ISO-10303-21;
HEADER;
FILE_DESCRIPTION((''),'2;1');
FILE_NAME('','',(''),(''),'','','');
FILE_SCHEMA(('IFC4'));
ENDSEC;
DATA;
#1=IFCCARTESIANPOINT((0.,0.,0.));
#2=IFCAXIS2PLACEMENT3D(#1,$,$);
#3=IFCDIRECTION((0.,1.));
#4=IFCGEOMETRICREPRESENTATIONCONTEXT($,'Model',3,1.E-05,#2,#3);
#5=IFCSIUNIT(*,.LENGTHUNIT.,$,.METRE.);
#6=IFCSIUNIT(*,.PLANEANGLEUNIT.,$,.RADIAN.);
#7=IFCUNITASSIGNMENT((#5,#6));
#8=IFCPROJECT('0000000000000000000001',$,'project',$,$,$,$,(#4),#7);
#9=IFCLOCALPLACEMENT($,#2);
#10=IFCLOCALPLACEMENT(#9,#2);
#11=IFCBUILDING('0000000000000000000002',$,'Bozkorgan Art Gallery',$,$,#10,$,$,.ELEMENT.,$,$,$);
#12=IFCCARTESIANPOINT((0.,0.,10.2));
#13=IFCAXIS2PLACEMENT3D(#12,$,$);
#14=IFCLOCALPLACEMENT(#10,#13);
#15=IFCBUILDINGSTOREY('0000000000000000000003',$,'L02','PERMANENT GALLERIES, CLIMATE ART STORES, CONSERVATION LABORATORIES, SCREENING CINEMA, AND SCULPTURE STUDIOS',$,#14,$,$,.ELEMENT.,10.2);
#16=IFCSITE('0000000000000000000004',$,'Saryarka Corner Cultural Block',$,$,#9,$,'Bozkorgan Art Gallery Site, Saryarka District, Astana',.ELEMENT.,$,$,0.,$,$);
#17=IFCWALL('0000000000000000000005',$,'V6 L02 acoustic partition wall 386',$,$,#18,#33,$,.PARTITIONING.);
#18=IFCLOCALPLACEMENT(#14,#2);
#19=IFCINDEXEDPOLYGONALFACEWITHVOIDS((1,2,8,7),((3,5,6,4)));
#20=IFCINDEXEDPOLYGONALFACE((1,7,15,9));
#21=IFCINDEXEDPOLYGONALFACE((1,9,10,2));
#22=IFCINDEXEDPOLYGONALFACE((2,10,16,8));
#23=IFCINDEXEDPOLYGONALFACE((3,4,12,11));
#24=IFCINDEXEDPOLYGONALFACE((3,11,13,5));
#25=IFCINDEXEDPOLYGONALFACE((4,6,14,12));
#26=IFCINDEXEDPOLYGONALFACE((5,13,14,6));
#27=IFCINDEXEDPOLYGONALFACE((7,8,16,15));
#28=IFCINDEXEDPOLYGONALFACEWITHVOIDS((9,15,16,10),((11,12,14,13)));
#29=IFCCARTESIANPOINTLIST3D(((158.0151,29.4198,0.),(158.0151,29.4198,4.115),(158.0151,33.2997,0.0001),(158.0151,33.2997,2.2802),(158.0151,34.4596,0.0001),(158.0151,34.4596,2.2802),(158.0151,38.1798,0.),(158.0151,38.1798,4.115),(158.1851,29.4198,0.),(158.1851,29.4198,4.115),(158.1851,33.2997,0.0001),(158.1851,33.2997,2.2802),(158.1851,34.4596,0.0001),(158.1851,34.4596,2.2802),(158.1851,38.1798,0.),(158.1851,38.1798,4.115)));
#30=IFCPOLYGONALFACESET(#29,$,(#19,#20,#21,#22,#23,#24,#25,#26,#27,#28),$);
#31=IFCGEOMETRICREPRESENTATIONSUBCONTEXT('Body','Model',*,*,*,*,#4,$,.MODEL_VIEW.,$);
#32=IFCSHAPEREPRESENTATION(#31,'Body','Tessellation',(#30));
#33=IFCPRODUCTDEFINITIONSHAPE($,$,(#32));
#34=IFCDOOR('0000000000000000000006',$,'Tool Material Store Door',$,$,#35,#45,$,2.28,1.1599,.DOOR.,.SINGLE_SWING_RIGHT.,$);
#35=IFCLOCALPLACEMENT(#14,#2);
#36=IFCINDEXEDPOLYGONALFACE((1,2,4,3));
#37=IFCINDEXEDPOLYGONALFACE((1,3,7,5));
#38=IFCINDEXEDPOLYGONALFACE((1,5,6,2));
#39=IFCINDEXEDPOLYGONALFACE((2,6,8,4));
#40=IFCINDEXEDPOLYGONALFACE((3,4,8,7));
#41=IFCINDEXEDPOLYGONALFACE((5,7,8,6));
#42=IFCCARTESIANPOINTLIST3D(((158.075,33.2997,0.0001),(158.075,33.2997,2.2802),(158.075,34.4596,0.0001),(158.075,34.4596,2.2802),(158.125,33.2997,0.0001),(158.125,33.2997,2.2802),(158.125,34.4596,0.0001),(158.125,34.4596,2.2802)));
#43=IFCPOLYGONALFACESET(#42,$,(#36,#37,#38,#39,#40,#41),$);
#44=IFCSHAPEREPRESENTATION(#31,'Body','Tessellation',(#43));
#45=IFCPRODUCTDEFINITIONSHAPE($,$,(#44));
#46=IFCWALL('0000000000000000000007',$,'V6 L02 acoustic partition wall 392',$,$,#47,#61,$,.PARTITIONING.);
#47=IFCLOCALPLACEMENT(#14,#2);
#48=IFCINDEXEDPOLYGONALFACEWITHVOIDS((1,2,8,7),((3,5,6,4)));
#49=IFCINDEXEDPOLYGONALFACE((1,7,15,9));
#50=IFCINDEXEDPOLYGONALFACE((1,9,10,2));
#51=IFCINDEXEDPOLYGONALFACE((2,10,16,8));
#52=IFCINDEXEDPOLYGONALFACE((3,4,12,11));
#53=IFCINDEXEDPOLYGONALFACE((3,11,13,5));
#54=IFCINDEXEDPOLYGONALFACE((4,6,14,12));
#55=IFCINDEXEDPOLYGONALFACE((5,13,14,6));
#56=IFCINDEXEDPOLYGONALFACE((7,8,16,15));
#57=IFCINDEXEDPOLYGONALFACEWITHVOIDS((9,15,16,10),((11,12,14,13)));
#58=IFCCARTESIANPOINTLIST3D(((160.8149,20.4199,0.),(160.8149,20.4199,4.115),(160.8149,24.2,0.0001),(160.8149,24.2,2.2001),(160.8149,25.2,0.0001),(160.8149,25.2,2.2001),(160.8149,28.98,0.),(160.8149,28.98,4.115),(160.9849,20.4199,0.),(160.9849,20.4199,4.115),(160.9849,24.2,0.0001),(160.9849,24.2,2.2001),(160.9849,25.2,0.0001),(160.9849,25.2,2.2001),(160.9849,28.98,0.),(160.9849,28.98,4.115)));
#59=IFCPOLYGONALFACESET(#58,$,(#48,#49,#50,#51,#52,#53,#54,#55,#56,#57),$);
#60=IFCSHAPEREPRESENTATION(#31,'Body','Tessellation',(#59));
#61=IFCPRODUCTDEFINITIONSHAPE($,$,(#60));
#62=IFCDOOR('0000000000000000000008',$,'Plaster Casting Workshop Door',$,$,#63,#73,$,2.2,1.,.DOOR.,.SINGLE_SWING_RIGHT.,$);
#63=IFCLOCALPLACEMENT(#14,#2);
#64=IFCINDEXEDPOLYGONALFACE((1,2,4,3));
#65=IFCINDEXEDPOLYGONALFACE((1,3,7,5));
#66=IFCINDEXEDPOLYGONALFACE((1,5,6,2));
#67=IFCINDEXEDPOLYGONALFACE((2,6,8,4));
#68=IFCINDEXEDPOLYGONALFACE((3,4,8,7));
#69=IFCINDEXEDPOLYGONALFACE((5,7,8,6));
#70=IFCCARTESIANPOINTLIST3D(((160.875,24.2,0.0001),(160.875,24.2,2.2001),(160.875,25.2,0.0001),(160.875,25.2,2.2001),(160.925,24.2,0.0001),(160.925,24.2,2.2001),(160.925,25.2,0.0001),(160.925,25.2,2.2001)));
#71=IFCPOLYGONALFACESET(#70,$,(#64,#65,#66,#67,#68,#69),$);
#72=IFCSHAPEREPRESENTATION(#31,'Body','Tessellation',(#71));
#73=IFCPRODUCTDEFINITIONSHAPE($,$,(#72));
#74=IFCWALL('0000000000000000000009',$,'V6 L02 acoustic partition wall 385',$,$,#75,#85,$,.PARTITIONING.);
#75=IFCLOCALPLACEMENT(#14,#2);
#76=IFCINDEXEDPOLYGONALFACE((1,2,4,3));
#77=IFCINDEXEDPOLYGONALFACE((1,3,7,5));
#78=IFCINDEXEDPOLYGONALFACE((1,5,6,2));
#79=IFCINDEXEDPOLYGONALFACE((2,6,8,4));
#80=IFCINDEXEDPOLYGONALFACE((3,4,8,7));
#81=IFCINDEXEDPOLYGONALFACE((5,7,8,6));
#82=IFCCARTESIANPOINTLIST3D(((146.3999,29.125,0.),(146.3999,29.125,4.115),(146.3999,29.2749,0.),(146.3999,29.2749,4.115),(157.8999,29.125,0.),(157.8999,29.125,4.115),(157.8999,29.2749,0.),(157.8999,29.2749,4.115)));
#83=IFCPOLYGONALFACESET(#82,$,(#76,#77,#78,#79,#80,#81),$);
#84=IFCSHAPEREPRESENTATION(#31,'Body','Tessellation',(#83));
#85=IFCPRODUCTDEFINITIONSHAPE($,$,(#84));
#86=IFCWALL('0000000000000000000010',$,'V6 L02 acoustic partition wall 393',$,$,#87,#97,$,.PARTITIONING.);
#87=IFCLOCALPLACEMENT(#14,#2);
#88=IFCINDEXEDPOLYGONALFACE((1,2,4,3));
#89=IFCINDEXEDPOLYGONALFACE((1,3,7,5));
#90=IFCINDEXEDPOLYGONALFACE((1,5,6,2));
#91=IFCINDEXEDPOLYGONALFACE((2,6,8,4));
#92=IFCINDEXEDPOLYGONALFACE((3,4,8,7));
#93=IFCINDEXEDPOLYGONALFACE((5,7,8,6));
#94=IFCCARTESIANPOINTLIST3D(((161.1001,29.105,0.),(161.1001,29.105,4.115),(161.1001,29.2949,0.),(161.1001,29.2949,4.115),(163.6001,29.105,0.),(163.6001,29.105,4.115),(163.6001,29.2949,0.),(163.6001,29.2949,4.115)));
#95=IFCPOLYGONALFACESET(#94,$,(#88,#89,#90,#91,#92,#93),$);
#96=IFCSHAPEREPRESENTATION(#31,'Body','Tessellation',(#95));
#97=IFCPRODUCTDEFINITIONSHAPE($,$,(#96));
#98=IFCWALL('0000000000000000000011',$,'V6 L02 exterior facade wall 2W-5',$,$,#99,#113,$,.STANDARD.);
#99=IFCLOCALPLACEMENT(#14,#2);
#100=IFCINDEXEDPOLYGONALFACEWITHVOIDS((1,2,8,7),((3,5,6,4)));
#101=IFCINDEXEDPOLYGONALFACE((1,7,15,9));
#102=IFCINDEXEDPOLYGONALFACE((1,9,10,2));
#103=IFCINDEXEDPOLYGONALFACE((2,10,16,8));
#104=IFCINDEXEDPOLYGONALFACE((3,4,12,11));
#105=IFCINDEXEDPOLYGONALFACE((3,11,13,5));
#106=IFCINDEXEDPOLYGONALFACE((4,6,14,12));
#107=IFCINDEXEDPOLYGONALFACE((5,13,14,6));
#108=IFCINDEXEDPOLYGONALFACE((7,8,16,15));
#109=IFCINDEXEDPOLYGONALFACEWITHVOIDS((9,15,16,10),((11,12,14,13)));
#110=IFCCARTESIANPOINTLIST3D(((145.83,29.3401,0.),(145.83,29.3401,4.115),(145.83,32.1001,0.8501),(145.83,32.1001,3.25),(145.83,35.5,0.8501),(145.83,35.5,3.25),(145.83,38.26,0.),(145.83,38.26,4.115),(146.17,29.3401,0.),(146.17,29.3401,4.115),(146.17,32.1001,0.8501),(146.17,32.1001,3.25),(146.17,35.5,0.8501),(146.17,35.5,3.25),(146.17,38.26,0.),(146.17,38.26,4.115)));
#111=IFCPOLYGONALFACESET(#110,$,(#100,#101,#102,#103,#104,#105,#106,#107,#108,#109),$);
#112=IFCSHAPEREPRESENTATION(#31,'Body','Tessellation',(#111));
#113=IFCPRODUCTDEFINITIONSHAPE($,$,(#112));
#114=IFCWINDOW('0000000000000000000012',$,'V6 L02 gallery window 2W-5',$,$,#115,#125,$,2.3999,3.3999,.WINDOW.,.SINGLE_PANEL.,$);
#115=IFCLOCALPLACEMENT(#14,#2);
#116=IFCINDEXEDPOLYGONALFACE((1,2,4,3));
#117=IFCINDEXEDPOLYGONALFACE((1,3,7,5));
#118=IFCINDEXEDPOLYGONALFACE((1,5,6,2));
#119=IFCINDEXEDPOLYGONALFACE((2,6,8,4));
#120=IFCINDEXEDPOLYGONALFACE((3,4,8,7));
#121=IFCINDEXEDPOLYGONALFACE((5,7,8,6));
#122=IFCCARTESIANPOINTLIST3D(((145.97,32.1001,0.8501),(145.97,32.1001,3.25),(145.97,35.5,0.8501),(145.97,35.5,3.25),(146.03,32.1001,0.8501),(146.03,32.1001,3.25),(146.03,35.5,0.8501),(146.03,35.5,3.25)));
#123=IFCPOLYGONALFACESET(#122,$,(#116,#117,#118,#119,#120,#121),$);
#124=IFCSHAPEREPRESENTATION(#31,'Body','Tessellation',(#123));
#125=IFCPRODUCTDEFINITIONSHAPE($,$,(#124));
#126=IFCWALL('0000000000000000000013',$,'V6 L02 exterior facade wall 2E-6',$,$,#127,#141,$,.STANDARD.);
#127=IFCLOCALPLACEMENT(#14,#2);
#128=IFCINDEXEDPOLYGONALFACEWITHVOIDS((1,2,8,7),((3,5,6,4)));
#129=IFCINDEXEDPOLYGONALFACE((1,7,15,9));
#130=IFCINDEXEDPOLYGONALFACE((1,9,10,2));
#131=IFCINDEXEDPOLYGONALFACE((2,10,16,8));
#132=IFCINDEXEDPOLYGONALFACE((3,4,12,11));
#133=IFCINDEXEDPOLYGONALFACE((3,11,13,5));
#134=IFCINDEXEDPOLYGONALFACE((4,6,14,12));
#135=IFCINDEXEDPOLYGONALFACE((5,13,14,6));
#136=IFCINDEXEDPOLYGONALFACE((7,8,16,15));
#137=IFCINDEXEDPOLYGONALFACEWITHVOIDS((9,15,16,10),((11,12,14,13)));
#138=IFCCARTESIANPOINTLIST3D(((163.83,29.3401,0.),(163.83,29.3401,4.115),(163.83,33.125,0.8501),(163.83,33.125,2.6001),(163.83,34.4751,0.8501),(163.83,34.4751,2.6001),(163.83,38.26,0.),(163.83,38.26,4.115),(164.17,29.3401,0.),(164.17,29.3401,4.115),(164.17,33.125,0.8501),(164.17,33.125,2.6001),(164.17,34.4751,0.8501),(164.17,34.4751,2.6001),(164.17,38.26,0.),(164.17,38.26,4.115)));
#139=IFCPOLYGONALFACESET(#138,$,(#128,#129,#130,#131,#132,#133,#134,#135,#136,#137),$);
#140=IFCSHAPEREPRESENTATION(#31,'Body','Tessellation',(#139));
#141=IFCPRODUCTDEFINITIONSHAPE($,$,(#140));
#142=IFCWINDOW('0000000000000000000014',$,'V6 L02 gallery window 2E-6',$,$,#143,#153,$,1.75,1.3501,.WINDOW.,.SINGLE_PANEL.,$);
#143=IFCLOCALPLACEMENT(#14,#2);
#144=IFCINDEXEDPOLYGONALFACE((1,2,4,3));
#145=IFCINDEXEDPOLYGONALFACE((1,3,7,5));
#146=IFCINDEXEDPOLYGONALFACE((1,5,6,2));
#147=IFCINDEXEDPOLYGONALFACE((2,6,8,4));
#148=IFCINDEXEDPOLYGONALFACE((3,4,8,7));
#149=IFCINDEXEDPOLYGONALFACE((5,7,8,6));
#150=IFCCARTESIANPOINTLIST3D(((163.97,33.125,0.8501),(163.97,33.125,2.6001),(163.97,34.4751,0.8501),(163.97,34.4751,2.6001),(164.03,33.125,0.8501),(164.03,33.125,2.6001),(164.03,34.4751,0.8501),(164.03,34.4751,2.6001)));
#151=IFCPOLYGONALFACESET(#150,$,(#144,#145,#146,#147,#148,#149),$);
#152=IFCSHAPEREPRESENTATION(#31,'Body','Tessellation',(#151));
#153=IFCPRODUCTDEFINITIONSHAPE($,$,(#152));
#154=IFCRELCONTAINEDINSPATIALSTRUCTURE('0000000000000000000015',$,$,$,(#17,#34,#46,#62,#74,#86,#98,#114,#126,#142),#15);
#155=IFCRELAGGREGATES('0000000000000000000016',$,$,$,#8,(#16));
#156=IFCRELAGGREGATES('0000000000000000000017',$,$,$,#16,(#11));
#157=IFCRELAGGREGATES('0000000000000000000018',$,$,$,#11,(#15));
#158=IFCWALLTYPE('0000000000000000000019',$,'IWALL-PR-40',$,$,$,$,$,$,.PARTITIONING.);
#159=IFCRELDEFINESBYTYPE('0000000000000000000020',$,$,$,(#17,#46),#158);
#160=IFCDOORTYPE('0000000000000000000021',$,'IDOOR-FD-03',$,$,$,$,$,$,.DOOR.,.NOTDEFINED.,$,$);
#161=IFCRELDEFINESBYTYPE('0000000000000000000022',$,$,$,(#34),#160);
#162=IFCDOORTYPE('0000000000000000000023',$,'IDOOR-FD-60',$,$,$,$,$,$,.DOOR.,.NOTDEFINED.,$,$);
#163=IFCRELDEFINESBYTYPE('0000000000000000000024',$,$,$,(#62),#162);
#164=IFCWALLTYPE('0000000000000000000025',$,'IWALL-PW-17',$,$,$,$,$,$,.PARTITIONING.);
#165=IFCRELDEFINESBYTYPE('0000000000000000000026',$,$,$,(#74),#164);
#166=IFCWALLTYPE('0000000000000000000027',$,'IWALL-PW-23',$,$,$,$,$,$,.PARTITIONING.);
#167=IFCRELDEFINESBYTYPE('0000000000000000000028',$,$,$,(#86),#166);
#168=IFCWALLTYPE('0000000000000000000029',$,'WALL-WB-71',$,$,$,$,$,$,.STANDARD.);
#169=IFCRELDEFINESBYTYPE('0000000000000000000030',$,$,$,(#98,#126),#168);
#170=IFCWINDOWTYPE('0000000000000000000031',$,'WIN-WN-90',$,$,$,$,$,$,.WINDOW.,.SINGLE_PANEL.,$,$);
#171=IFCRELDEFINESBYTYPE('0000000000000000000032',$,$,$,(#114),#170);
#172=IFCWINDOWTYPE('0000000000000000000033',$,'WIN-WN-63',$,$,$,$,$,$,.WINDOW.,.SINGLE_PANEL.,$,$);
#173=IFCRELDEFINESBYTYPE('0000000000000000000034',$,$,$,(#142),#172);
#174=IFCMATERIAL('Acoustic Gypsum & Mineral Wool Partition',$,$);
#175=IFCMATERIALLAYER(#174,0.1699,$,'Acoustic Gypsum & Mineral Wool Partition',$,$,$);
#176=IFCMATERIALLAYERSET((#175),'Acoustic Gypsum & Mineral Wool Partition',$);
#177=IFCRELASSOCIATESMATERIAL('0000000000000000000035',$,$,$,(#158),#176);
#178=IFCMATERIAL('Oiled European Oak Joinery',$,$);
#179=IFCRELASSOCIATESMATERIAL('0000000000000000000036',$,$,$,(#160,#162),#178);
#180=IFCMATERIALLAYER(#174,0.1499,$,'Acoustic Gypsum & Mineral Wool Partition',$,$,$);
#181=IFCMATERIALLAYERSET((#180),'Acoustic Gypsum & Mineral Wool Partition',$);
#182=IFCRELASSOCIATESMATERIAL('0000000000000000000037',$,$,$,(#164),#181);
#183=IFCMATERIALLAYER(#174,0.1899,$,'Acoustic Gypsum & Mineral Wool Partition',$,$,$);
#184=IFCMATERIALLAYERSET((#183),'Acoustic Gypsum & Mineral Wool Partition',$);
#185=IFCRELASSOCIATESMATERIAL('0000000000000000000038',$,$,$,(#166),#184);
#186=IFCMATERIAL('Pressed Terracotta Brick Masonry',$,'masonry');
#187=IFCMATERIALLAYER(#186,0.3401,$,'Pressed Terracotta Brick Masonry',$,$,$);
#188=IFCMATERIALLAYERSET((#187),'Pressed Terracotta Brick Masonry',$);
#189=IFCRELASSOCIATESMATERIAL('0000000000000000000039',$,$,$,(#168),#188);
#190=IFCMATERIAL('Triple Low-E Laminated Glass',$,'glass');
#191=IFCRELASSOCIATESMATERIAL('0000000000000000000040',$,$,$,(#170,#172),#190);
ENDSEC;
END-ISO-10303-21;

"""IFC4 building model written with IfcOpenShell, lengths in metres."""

from ifc_helpers import new_model, si_unit, direction, frame, frame_2d, origin, place, context, subcontext, project, spatial, rectangle, extrude, material, layer, layer_set, type_object, element, fill, save


model = new_model("IFC4")

# Units and contexts
model_context = context("Model", 3, precision=1e-05, world=origin(), true_north=direction((0.0, 1.0)))
body_context = subcontext(model_context, "Body", "Model", "MODEL_VIEW")
ifc_project = project(units=[si_unit("LENGTHUNIT", "METRE"), si_unit("PLANEANGLEUNIT", "RADIAN")], contexts=[model_context])

# Site, building, storey
site_placement = place(None, origin())
site = spatial("IfcSite", under=ifc_project, at=site_placement, Name="Saryarka Corner Cultural Block", LongName="Bozkorgan Art Gallery Site, Saryarka District, Astana", CompositionType="ELEMENT", RefElevation=0.0)
building_placement = place(site_placement, origin())
building = spatial("IfcBuilding", under=site, at=building_placement, Name="Bozkorgan Art Gallery", CompositionType="ELEMENT")
storey_placement = place(building_placement, frame((0.0, 0.0, 10.2)))
storey = spatial("IfcBuildingStorey", under=building, at=storey_placement, Name="L02", Description="PERMANENT GALLERIES, CLIMATE ART STORES, CONSERVATION LABORATORIES, SCREENING CINEMA, AND SCULPTURE STUDIOS", CompositionType="ELEMENT", Elevation=10.2)

# Walls, openings, doors
ifc_material_1 = material(Name="Acoustic Gypsum & Mineral Wool Partition")
ifc_material_2 = material(Name="Oiled European Oak Joinery")
ifc_layer_1 = layer(ifc_material_1, 0.1699, Name="Acoustic Gypsum & Mineral Wool Partition")
ifc_layer_set_1 = layer_set([ifc_layer_1], Name="Acoustic Gypsum & Mineral Wool Partition")
wall_type_1 = type_object("IfcWallType", Name="IWALL-PR-40", PredefinedType="PARTITIONING", material=ifc_layer_set_1)
wall_1_placement = place(storey_placement, frame((158.1001, 29.4199, 0.0), z_axis=(0.0, 0.0, 1.0), x_axis=(0.0, 1.0, 0.0)))
wall_1 = element("IfcWall", 1, at=wall_1_placement, inside=storey, type_object=wall_type_1, Name="V6 L02 acoustic partition wall 386", PredefinedType="PARTITIONING", context=body_context, shape_type="SweptSolid", body=[
    extrude(rectangle(XDim=8.76, YDim=0.1699, at=frame_2d((4.3799, 0.0))), origin(), (0.0, 0.0, 1.0), 4.115),
])
opening_1_placement = place(wall_1_placement, frame((5.0398, 0.0, 0.0), z_axis=(0.0, 0.0, 1.0), x_axis=(-1.0, 0.0, 0.0)))
opening_1 = element("IfcOpeningElement", 2, at=opening_1_placement, cuts=wall_1, PredefinedType="OPENING", context=body_context, shape_type="SweptSolid", body=[
    extrude(rectangle(XDim=1.1599, YDim=2.28, at=frame_2d((0.5801, 1.1401))), frame((0.0, 0.095, 0.0), z_axis=(0.0, -1.0, 0.0), x_axis=(1.0, 0.0, 0.0)), (0.0, 0.0, 1.0), 0.1899),
])
door_type_1 = type_object("IfcDoorType", Name="IDOOR-FD-03", OperationType="NOTDEFINED", PredefinedType="DOOR", material=ifc_material_2)
door_1_placement = place(opening_1_placement, origin())
door_1 = element("IfcDoor", 3, at=door_1_placement, inside=storey, type_object=door_type_1, Name="Tool Material Store Door", OperationType="SINGLE_SWING_RIGHT", OverallHeight=2.28, OverallWidth=1.1599, PredefinedType="DOOR", context=body_context, shape_type="SweptSolid", body=[
    extrude(rectangle(XDim=1.1599, YDim=2.28, at=frame_2d((0.5801, 1.1401))), frame((0.0, 0.0249, 0.0), z_axis=(0.0, -1.0, 0.0), x_axis=(1.0, 0.0, 0.0)), (0.0, 0.0, 1.0), 0.05),
])
fill(opening_1, door_1)
wall_2_placement = place(storey_placement, frame((160.8999, 20.4199, 0.0), z_axis=(0.0, 0.0, 1.0), x_axis=(0.0, 1.0, 0.0)))
wall_2 = element("IfcWall", 4, at=wall_2_placement, inside=storey, type_object=wall_type_1, Name="V6 L02 acoustic partition wall 392", PredefinedType="PARTITIONING", context=body_context, shape_type="SweptSolid", body=[
    extrude(rectangle(XDim=8.5601, YDim=0.1699, at=frame_2d((4.28, 0.0))), origin(), (0.0, 0.0, 1.0), 4.115),
])
opening_2_placement = place(wall_2_placement, frame((3.78, 0.0, 0.0)))
opening_2 = element("IfcOpeningElement", 5, at=opening_2_placement, cuts=wall_2, PredefinedType="OPENING", context=body_context, shape_type="SweptSolid", body=[
    extrude(rectangle(XDim=1.0, YDim=2.2, at=frame_2d((0.5, 1.1001))), frame((0.0, 0.095, 0.0), z_axis=(0.0, -1.0, 0.0), x_axis=(1.0, 0.0, 0.0)), (0.0, 0.0, 1.0), 0.1899),
])
door_type_2 = type_object("IfcDoorType", Name="IDOOR-FD-60", OperationType="NOTDEFINED", PredefinedType="DOOR", material=ifc_material_2)
door_2_placement = place(opening_2_placement, origin())
door_2 = element("IfcDoor", 6, at=door_2_placement, inside=storey, type_object=door_type_2, Name="Plaster Casting Workshop Door", OperationType="SINGLE_SWING_RIGHT", OverallHeight=2.2, OverallWidth=1.0, PredefinedType="DOOR", context=body_context, shape_type="SweptSolid", body=[
    extrude(rectangle(XDim=1.0, YDim=2.2, at=frame_2d((0.5, 1.1001))), frame((0.0, 0.0249, 0.0), z_axis=(0.0, -1.0, 0.0), x_axis=(1.0, 0.0, 0.0)), (0.0, 0.0, 1.0), 0.05),
])
fill(opening_2, door_2)

# Walls
ifc_layer_2 = layer(ifc_material_1, 0.1499, Name="Acoustic Gypsum & Mineral Wool Partition")
ifc_layer_set_2 = layer_set([ifc_layer_2], Name="Acoustic Gypsum & Mineral Wool Partition")
wall_type_2 = type_object("IfcWallType", Name="IWALL-PW-17", PredefinedType="PARTITIONING", material=ifc_layer_set_2)
wall_3_placement = place(storey_placement, frame((146.3999, 29.2, 0.0), z_axis=(0.0, 0.0, 1.0), x_axis=(1.0, 0.0, 0.0)))
element("IfcWall", 7, at=wall_3_placement, inside=storey, type_object=wall_type_2, Name="V6 L02 acoustic partition wall 385", PredefinedType="PARTITIONING", context=body_context, shape_type="SweptSolid", body=[
    extrude(rectangle(XDim=11.5, YDim=0.1499, at=frame_2d((5.75, 0.0))), origin(), (0.0, 0.0, 1.0), 4.115),
])
ifc_layer_3 = layer(ifc_material_1, 0.1899, Name="Acoustic Gypsum & Mineral Wool Partition")
ifc_layer_set_3 = layer_set([ifc_layer_3], Name="Acoustic Gypsum & Mineral Wool Partition")
wall_type_3 = type_object("IfcWallType", Name="IWALL-PW-23", PredefinedType="PARTITIONING", material=ifc_layer_set_3)
wall_4_placement = place(storey_placement, frame((161.1001, 29.2, 0.0), z_axis=(0.0, 0.0, 1.0), x_axis=(1.0, 0.0, 0.0)))
element("IfcWall", 8, at=wall_4_placement, inside=storey, type_object=wall_type_3, Name="V6 L02 acoustic partition wall 393", PredefinedType="PARTITIONING", context=body_context, shape_type="SweptSolid", body=[
    extrude(rectangle(XDim=2.5, YDim=0.1899, at=frame_2d((1.25, 0.0))), origin(), (0.0, 0.0, 1.0), 4.115),
])

# Walls, openings, windows
ifc_material_3 = material(Name="Pressed Terracotta Brick Masonry", Category="masonry")
ifc_layer_4 = layer(ifc_material_3, 0.3401, Name="Pressed Terracotta Brick Masonry")
ifc_layer_set_4 = layer_set([ifc_layer_4], Name="Pressed Terracotta Brick Masonry")
wall_type_4 = type_object("IfcWallType", Name="WALL-WB-71", PredefinedType="STANDARD", material=ifc_layer_set_4)
wall_5_placement = place(storey_placement, frame((146.0, 29.3401, 0.0), z_axis=(0.0, 0.0, 1.0), x_axis=(0.0, 1.0, 0.0)))
wall_5 = element("IfcWall", 9, at=wall_5_placement, inside=storey, type_object=wall_type_4, Name="V6 L02 exterior facade wall 2W-5", PredefinedType="STANDARD", context=body_context, shape_type="SweptSolid", body=[
    extrude(rectangle(XDim=8.9199, YDim=0.3401, at=frame_2d((4.46, 0.0))), origin(), (0.0, 0.0, 1.0), 4.115),
])
opening_3_placement = place(wall_5_placement, frame((2.76, 0.0, 0.8501)))
opening_3 = element("IfcOpeningElement", 10, at=opening_3_placement, cuts=wall_5, PredefinedType="OPENING", context=body_context, shape_type="SweptSolid", body=[
    extrude(rectangle(XDim=3.3999, YDim=2.3999, at=frame_2d((1.7, 1.2))), frame((0.0, 0.1802, 0.0), z_axis=(0.0, -1.0, 0.0), x_axis=(1.0, 0.0, 0.0)), (0.0, 0.0, 1.0), 0.3601),
])
ifc_material_4 = material(Name="Triple Low-E Laminated Glass", Category="glass")
window_type_1 = type_object("IfcWindowType", Name="WIN-WN-90", PartitioningType="SINGLE_PANEL", PredefinedType="WINDOW", material=ifc_material_4)
window_1_placement = place(opening_3_placement, origin())
window_1 = element("IfcWindow", 11, at=window_1_placement, inside=storey, type_object=window_type_1, Name="V6 L02 gallery window 2W-5", OverallHeight=2.3999, OverallWidth=3.3999, PartitioningType="SINGLE_PANEL", PredefinedType="WINDOW", context=body_context, shape_type="SweptSolid", body=[
    extrude(rectangle(XDim=3.3999, YDim=2.3999, at=frame_2d((1.7, 1.2))), frame((0.0, 0.03, 0.0), z_axis=(0.0, -1.0, 0.0), x_axis=(1.0, 0.0, 0.0)), (0.0, 0.0, 1.0), 0.0601),
])
fill(opening_3, window_1)
wall_6_placement = place(storey_placement, frame((164.0, 29.3401, 0.0), z_axis=(0.0, 0.0, 1.0), x_axis=(0.0, 1.0, 0.0)))
wall_6 = element("IfcWall", 12, at=wall_6_placement, inside=storey, type_object=wall_type_4, Name="V6 L02 exterior facade wall 2E-6", PredefinedType="STANDARD", context=body_context, shape_type="SweptSolid", body=[
    extrude(rectangle(XDim=8.9199, YDim=0.3401, at=frame_2d((4.46, 0.0))), origin(), (0.0, 0.0, 1.0), 4.115),
])
opening_4_placement = place(wall_6_placement, frame((5.135, 0.0, 0.8501), z_axis=(0.0, 0.0, 1.0), x_axis=(-1.0, 0.0, 0.0)))
opening_4 = element("IfcOpeningElement", 13, at=opening_4_placement, cuts=wall_6, PredefinedType="OPENING", context=body_context, shape_type="SweptSolid", body=[
    extrude(rectangle(XDim=1.3501, YDim=1.75, at=frame_2d((0.675, 0.875))), frame((0.0, 0.1802, 0.0), z_axis=(0.0, -1.0, 0.0), x_axis=(1.0, 0.0, 0.0)), (0.0, 0.0, 1.0), 0.3601),
])
window_type_2 = type_object("IfcWindowType", Name="WIN-WN-63", PartitioningType="SINGLE_PANEL", PredefinedType="WINDOW", material=ifc_material_4)
window_2_placement = place(opening_4_placement, origin())
window_2 = element("IfcWindow", 14, at=window_2_placement, inside=storey, type_object=window_type_2, Name="V6 L02 gallery window 2E-6", OverallHeight=1.75, OverallWidth=1.3501, PartitioningType="SINGLE_PANEL", PredefinedType="WINDOW", context=body_context, shape_type="SweptSolid", body=[
    extrude(rectangle(XDim=1.3501, YDim=1.75, at=frame_2d((0.675, 0.875))), frame((0.0, 0.03, 0.0), z_axis=(0.0, -1.0, 0.0), x_axis=(1.0, 0.0, 0.0)), (0.0, 0.0, 1.0), 0.0601),
])
fill(opening_4, window_2)

save(model, "model.ifc")
